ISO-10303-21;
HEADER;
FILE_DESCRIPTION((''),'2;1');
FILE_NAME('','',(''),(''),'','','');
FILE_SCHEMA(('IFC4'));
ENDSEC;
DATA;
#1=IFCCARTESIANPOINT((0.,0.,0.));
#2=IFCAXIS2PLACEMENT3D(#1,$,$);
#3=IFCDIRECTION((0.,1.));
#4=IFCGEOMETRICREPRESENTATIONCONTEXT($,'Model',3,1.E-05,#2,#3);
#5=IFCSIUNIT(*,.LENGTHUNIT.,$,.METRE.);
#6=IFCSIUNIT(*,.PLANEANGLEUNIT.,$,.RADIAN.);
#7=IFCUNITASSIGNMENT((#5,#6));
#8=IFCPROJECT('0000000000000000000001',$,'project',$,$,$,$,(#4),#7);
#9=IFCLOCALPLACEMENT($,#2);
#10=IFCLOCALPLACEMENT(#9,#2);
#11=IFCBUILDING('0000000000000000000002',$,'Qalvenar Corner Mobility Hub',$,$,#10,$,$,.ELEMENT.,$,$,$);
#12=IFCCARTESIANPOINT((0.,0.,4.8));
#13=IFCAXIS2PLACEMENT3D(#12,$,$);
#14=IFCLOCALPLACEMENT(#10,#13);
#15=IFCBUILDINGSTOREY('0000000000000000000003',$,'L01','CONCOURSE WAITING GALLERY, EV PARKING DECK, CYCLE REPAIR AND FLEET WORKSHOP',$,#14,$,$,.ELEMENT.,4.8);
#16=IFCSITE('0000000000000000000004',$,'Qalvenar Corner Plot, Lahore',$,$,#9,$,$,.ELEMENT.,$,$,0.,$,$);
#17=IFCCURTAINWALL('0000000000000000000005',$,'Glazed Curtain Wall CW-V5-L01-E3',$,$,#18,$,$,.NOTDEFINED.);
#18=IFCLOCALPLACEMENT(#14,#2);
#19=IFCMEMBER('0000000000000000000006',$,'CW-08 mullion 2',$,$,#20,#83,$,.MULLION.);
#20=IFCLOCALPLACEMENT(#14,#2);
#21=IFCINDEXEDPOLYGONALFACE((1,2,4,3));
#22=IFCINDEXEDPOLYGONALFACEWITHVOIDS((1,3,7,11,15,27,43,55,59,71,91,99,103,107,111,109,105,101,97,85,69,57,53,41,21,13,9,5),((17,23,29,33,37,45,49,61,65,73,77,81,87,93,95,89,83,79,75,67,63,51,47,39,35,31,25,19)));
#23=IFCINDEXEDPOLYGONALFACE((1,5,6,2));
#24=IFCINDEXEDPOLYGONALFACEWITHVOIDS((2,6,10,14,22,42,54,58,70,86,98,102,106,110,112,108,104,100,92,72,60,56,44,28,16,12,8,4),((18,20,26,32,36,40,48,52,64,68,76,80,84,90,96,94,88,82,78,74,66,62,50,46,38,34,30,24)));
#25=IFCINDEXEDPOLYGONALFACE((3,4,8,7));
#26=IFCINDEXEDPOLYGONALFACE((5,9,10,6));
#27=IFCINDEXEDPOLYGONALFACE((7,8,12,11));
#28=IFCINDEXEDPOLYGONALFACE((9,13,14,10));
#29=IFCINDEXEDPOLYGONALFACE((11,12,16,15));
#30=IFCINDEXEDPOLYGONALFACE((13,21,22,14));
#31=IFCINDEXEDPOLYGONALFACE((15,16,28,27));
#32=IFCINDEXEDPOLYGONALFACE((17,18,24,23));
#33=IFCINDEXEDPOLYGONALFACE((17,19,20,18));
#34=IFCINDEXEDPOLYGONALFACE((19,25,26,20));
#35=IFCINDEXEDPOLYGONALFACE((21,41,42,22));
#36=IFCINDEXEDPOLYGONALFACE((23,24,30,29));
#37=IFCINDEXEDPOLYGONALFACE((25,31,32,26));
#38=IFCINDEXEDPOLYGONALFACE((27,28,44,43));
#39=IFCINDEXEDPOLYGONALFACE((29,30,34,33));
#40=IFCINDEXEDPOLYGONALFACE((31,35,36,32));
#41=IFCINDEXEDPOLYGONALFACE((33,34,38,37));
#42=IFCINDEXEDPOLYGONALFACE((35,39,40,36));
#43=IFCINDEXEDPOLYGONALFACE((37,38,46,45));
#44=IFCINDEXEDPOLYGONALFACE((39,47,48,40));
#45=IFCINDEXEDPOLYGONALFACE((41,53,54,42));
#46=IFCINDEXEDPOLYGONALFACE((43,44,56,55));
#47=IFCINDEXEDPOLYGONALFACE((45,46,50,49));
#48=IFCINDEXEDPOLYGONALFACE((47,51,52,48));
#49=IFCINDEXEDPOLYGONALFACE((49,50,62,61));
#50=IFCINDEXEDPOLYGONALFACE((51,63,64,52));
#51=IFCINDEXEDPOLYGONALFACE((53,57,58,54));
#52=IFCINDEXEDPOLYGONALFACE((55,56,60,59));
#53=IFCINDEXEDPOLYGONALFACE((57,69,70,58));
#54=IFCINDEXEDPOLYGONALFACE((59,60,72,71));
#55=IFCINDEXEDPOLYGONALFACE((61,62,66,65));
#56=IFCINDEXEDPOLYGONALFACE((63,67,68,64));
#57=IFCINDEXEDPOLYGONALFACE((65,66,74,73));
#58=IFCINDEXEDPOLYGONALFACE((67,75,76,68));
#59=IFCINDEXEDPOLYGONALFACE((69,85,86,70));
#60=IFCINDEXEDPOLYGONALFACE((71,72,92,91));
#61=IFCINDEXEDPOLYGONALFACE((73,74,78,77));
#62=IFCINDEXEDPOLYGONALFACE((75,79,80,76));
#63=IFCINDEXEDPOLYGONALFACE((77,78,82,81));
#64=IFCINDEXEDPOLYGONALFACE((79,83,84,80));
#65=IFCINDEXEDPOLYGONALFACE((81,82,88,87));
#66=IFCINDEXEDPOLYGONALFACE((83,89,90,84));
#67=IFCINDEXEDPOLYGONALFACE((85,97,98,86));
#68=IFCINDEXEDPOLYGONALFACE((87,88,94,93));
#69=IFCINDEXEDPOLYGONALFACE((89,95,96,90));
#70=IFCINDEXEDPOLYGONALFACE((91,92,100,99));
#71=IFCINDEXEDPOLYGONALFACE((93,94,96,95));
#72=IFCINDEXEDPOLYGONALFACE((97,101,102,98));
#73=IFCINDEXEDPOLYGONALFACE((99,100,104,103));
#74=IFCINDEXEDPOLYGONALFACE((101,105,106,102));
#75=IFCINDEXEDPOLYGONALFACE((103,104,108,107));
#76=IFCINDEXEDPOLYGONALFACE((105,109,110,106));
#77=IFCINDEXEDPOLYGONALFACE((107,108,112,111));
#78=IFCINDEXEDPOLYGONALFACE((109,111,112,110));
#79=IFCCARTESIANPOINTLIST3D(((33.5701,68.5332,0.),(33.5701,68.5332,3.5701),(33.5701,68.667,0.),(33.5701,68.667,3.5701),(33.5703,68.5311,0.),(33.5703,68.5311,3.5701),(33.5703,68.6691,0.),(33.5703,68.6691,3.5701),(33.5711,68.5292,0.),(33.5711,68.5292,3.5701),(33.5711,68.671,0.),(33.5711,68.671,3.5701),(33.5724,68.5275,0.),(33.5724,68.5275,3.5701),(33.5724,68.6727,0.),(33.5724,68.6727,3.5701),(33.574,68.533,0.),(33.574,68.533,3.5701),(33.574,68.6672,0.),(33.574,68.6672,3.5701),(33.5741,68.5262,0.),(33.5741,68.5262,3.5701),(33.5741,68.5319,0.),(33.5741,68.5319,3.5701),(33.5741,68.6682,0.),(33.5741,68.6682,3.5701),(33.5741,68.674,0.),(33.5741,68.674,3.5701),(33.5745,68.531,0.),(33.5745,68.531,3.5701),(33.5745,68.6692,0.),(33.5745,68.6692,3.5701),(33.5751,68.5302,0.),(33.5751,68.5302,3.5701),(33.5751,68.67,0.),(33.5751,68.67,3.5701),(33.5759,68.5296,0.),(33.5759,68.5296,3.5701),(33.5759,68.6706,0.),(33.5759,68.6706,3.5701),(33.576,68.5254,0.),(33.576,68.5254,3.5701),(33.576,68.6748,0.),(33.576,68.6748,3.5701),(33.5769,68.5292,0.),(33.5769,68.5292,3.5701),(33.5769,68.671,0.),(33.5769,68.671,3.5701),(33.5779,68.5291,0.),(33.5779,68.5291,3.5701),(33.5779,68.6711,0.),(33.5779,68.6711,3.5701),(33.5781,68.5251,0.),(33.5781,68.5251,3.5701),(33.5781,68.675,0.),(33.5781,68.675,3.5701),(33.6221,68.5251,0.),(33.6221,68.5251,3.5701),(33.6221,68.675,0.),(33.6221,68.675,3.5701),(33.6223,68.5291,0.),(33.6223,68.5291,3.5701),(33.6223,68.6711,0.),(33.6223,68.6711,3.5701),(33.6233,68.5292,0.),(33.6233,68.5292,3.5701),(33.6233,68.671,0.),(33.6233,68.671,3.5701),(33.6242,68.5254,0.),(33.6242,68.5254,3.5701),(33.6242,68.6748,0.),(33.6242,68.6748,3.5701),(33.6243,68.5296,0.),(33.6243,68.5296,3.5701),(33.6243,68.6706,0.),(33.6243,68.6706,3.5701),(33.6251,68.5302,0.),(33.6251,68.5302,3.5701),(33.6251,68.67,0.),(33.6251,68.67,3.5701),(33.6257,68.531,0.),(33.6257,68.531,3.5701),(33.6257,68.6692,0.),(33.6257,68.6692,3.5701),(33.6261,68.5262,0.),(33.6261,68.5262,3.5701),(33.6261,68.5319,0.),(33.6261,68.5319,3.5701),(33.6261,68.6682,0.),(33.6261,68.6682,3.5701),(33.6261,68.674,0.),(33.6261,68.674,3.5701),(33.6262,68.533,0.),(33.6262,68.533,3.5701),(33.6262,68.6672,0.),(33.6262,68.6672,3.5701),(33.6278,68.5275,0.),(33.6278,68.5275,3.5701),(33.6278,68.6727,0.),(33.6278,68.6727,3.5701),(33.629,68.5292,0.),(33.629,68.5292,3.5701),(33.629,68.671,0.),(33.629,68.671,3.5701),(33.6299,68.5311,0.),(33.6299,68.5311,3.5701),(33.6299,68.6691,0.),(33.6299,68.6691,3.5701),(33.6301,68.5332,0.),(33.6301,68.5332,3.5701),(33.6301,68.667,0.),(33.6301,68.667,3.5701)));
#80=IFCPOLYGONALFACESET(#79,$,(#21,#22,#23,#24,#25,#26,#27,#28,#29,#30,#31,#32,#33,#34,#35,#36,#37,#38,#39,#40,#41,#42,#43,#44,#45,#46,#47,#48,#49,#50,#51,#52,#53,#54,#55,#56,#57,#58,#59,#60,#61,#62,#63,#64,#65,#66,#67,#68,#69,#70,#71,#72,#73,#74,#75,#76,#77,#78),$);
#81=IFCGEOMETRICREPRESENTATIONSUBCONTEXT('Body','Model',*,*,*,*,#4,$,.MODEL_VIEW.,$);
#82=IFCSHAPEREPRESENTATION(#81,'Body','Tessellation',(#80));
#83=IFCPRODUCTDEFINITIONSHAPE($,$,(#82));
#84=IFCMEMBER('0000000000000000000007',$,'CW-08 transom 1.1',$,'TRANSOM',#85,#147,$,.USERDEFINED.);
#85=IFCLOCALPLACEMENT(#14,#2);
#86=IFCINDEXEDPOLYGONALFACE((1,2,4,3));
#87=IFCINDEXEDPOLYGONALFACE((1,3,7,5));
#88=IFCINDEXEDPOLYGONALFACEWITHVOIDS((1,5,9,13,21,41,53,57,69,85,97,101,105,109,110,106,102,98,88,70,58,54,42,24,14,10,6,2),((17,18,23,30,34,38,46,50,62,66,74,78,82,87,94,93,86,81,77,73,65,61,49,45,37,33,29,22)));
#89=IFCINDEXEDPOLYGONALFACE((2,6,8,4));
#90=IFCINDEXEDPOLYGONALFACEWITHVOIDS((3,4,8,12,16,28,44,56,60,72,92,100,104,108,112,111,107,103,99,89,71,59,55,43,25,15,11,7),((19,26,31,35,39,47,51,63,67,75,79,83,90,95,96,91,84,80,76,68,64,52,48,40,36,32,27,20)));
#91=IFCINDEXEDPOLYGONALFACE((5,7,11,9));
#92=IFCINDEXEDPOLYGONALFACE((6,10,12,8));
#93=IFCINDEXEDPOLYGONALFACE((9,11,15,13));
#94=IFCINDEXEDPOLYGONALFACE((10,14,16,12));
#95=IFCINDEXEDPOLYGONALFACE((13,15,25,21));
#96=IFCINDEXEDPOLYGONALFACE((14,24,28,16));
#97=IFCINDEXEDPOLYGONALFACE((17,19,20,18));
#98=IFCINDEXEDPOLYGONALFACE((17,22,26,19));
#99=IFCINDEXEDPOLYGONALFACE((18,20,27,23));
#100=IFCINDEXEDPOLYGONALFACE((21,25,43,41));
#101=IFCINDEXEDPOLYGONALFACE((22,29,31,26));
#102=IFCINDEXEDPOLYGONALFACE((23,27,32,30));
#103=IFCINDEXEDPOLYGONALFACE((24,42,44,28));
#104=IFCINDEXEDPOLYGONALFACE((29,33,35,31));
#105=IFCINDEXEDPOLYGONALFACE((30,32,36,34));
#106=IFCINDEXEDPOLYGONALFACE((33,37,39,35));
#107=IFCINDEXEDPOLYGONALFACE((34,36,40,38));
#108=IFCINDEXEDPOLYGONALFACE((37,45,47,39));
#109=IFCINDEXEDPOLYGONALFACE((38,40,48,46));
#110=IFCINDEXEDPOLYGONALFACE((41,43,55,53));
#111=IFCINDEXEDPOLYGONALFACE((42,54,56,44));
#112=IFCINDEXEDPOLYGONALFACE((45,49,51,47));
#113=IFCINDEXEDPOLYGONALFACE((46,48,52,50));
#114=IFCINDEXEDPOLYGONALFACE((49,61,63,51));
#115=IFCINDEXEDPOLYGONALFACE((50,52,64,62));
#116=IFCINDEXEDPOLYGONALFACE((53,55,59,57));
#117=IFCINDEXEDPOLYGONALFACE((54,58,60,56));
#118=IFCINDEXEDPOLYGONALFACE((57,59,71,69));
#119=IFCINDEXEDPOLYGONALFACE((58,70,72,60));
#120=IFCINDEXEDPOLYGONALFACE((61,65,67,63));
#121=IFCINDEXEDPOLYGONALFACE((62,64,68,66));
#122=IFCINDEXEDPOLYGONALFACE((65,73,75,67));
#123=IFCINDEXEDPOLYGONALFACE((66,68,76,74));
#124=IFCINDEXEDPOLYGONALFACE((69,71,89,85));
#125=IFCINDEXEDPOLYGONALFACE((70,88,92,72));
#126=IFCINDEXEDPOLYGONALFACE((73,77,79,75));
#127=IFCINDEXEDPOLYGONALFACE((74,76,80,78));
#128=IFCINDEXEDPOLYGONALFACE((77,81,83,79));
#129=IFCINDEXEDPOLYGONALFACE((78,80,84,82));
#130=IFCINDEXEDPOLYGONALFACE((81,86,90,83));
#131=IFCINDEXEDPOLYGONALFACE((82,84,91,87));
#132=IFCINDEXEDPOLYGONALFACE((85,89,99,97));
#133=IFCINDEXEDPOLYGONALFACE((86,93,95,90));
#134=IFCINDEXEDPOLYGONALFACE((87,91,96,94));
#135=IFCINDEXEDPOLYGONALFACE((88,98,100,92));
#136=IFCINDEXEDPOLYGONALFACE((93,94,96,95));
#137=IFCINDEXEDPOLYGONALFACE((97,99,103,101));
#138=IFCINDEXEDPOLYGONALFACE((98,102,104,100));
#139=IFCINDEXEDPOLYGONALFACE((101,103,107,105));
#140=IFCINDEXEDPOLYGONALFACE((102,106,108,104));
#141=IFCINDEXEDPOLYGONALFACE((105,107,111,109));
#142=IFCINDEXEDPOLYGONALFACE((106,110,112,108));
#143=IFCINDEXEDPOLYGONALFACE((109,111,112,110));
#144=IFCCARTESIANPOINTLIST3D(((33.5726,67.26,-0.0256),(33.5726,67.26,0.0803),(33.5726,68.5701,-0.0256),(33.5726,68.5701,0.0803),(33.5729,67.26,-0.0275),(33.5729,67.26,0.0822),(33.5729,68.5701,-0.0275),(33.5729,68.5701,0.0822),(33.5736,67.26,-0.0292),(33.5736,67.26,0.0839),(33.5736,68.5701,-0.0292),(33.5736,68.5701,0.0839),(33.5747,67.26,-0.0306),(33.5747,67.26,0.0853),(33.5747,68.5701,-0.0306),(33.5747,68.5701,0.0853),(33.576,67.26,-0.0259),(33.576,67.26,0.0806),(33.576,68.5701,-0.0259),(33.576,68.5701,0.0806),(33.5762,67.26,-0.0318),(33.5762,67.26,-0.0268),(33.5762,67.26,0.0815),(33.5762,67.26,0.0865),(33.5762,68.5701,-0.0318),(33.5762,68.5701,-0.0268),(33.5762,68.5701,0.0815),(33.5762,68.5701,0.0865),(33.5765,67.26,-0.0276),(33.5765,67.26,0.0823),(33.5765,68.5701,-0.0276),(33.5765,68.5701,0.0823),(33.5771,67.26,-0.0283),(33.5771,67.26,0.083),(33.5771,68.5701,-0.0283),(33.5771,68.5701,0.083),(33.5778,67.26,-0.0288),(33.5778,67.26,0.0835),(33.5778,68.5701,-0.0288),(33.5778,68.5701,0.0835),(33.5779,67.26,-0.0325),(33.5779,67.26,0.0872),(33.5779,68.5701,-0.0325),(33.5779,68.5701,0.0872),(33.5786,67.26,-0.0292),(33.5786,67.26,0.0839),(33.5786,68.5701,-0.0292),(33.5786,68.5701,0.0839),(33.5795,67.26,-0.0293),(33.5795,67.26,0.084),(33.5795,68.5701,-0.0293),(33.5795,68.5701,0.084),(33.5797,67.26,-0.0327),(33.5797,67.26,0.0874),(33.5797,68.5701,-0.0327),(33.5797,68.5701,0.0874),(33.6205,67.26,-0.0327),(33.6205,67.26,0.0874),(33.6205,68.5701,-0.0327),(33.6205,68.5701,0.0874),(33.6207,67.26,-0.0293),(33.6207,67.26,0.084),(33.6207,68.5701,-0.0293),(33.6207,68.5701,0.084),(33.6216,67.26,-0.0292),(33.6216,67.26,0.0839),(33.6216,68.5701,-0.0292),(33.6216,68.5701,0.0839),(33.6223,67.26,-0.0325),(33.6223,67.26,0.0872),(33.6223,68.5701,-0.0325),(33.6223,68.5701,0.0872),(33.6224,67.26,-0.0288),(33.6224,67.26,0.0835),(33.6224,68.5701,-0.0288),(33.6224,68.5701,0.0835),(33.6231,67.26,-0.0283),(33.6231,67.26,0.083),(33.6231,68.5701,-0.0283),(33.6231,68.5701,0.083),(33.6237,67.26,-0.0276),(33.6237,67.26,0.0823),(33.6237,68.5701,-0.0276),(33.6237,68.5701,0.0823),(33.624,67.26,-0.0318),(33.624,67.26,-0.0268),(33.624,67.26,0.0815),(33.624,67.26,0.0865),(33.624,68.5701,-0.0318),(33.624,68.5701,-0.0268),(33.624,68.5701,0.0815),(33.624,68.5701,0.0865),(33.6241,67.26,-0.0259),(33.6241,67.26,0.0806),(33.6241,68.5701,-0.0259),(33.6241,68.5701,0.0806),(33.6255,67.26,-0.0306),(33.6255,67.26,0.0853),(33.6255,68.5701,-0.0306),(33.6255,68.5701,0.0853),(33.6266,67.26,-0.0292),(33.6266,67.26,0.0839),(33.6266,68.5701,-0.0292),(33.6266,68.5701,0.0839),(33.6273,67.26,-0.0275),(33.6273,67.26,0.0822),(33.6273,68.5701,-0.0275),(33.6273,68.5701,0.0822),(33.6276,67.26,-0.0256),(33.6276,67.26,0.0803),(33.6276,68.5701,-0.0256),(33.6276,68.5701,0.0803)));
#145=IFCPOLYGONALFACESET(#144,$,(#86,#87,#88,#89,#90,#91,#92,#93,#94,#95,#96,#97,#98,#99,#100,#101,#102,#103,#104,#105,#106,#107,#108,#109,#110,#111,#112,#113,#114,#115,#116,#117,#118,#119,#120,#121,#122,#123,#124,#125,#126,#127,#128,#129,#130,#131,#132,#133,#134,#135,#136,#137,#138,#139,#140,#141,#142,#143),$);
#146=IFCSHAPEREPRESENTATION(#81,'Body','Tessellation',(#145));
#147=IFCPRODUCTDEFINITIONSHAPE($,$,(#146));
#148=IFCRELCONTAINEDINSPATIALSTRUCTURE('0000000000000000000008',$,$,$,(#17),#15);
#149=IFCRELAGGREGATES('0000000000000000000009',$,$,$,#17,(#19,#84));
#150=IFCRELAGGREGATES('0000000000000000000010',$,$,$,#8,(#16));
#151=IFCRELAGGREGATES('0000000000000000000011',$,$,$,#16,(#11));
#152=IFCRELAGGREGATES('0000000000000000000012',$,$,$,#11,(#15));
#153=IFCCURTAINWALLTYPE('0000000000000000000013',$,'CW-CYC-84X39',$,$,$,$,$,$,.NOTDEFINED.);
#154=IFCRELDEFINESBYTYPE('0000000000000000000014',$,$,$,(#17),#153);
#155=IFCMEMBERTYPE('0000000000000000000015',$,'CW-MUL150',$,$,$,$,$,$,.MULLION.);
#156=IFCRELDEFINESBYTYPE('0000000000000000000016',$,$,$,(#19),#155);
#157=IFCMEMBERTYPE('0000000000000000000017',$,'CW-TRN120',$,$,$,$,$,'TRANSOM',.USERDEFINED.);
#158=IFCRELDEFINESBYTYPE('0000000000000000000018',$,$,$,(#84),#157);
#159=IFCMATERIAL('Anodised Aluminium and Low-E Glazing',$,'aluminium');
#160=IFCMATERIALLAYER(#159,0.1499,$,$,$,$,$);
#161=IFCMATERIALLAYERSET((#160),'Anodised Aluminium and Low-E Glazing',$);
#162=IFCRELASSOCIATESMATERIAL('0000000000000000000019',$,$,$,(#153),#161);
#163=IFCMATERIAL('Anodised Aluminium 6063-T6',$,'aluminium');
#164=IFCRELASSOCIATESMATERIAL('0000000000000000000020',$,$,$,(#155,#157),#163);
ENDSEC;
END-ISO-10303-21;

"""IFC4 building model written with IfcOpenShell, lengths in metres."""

from ifc_helpers import new_model, si_unit, direction, frame, origin, origin_2d, place, context, subcontext, project, spatial, hollow_rectangle, extrude, material, layer, layer_set, material_profile, profile_set, type_object, element, aggregate, save


model = new_model("IFC4")

# Units and contexts
model_context = context("Model", 3, precision=1e-05, world=origin(), true_north=direction((0.0, 1.0)))
body_context = subcontext(model_context, "Body", "Model", "MODEL_VIEW")
ifc_project = project(units=[si_unit("LENGTHUNIT", "METRE"), si_unit("PLANEANGLEUNIT", "RADIAN")], contexts=[model_context])

# Site, building, storey
site_placement = place(None, origin())
site = spatial("IfcSite", under=ifc_project, at=site_placement, Name="Qalvenar Corner Plot, Lahore", CompositionType="ELEMENT", RefElevation=0.0)
building_placement = place(site_placement, origin())
building = spatial("IfcBuilding", under=site, at=building_placement, Name="Qalvenar Corner Mobility Hub", CompositionType="ELEMENT")
storey_placement = place(building_placement, frame((0.0, 0.0, 4.8)))
storey = spatial("IfcBuildingStorey", under=building, at=storey_placement, Name="L01", Description="CONCOURSE WAITING GALLERY, EV PARKING DECK, CYCLE REPAIR AND FLEET WORKSHOP", CompositionType="ELEMENT", Elevation=4.8)

# Curtain wall, members
ifc_material_1 = material(Name="Anodised Aluminium and Low-E Glazing", Category="aluminium")
ifc_layer_1 = layer(ifc_material_1, 0.1499)
ifc_layer_set_1 = layer_set([ifc_layer_1], Name="Anodised Aluminium and Low-E Glazing")
curtain_wall_type = type_object("IfcCurtainWallType", Name="CW-CYC-84X39", PredefinedType="NOTDEFINED", material=ifc_layer_set_1)
curtain_wall_placement = place(storey_placement, origin())
curtain_wall = element("IfcCurtainWall", 1, at=curtain_wall_placement, inside=storey, type_object=curtain_wall_type, Name="Glazed Curtain Wall CW-V5-L01-E3", PredefinedType="NOTDEFINED")
ifc_material_2 = material(Name="Anodised Aluminium 6063-T6", Category="aluminium")
ifc_material_profile_1 = material_profile(ifc_material_2, hollow_rectangle(XDim=0.0601, YDim=0.1499, WallThickness=0.0039, InnerFilletRadius=0.0039, OuterFilletRadius=0.0081, at=origin_2d()), Name="RHS150x60x4")
ifc_profile_set_1 = profile_set([ifc_material_profile_1], Name="Anodised Aluminium 6063-T6")
member_type_1 = type_object("IfcMemberType", Name="CW-MUL150", PredefinedType="MULLION", material=ifc_profile_set_1)
member_1_placement = place(storey_placement, frame((33.6001, 68.6001, 0.0), z_axis=(0.0, 0.0, 1.0), x_axis=(-1.0, 0.0, 0.0)))
member_1 = element("IfcMember", 2, at=member_1_placement, type_object=member_type_1, Name="CW-08 mullion 2", PredefinedType="MULLION", context=body_context, shape_type="SweptSolid", body=[
    extrude(hollow_rectangle(XDim=0.0601, YDim=0.1499, WallThickness=0.0039, InnerFilletRadius=0.0039, OuterFilletRadius=0.0081, at=origin_2d()), origin(), (0.0, 0.0, 1.0), 3.5701),
])
ifc_material_profile_2 = material_profile(ifc_material_2, hollow_rectangle(XDim=0.0549, YDim=0.1201, WallThickness=0.0034, InnerFilletRadius=0.0034, OuterFilletRadius=0.0071, at=origin_2d()), Name="RHS120x55x3.5")
ifc_profile_set_2 = profile_set([ifc_material_profile_2], Name="Anodised Aluminium 6063-T6")
member_type_2 = type_object("IfcMemberType", Name="CW-TRN120", ElementType="TRANSOM", PredefinedType="USERDEFINED", material=ifc_profile_set_2)
member_2_placement = place(storey_placement, frame((33.6001, 67.26, 0.0273), z_axis=(0.0, 1.0, 0.0), x_axis=(-1.0, 0.0, 0.0)))
member_2 = element("IfcMember", 3, at=member_2_placement, type_object=member_type_2, Name="CW-08 transom 1.1", ObjectType="TRANSOM", PredefinedType="USERDEFINED", context=body_context, shape_type="SweptSolid", body=[
    extrude(hollow_rectangle(XDim=0.0549, YDim=0.1201, WallThickness=0.0034, InnerFilletRadius=0.0034, OuterFilletRadius=0.0071, at=origin_2d()), origin(), (0.0, 0.0, 1.0), 1.3101),
])
aggregate(curtain_wall, [member_1, member_2])

save(model, "model.ifc")
